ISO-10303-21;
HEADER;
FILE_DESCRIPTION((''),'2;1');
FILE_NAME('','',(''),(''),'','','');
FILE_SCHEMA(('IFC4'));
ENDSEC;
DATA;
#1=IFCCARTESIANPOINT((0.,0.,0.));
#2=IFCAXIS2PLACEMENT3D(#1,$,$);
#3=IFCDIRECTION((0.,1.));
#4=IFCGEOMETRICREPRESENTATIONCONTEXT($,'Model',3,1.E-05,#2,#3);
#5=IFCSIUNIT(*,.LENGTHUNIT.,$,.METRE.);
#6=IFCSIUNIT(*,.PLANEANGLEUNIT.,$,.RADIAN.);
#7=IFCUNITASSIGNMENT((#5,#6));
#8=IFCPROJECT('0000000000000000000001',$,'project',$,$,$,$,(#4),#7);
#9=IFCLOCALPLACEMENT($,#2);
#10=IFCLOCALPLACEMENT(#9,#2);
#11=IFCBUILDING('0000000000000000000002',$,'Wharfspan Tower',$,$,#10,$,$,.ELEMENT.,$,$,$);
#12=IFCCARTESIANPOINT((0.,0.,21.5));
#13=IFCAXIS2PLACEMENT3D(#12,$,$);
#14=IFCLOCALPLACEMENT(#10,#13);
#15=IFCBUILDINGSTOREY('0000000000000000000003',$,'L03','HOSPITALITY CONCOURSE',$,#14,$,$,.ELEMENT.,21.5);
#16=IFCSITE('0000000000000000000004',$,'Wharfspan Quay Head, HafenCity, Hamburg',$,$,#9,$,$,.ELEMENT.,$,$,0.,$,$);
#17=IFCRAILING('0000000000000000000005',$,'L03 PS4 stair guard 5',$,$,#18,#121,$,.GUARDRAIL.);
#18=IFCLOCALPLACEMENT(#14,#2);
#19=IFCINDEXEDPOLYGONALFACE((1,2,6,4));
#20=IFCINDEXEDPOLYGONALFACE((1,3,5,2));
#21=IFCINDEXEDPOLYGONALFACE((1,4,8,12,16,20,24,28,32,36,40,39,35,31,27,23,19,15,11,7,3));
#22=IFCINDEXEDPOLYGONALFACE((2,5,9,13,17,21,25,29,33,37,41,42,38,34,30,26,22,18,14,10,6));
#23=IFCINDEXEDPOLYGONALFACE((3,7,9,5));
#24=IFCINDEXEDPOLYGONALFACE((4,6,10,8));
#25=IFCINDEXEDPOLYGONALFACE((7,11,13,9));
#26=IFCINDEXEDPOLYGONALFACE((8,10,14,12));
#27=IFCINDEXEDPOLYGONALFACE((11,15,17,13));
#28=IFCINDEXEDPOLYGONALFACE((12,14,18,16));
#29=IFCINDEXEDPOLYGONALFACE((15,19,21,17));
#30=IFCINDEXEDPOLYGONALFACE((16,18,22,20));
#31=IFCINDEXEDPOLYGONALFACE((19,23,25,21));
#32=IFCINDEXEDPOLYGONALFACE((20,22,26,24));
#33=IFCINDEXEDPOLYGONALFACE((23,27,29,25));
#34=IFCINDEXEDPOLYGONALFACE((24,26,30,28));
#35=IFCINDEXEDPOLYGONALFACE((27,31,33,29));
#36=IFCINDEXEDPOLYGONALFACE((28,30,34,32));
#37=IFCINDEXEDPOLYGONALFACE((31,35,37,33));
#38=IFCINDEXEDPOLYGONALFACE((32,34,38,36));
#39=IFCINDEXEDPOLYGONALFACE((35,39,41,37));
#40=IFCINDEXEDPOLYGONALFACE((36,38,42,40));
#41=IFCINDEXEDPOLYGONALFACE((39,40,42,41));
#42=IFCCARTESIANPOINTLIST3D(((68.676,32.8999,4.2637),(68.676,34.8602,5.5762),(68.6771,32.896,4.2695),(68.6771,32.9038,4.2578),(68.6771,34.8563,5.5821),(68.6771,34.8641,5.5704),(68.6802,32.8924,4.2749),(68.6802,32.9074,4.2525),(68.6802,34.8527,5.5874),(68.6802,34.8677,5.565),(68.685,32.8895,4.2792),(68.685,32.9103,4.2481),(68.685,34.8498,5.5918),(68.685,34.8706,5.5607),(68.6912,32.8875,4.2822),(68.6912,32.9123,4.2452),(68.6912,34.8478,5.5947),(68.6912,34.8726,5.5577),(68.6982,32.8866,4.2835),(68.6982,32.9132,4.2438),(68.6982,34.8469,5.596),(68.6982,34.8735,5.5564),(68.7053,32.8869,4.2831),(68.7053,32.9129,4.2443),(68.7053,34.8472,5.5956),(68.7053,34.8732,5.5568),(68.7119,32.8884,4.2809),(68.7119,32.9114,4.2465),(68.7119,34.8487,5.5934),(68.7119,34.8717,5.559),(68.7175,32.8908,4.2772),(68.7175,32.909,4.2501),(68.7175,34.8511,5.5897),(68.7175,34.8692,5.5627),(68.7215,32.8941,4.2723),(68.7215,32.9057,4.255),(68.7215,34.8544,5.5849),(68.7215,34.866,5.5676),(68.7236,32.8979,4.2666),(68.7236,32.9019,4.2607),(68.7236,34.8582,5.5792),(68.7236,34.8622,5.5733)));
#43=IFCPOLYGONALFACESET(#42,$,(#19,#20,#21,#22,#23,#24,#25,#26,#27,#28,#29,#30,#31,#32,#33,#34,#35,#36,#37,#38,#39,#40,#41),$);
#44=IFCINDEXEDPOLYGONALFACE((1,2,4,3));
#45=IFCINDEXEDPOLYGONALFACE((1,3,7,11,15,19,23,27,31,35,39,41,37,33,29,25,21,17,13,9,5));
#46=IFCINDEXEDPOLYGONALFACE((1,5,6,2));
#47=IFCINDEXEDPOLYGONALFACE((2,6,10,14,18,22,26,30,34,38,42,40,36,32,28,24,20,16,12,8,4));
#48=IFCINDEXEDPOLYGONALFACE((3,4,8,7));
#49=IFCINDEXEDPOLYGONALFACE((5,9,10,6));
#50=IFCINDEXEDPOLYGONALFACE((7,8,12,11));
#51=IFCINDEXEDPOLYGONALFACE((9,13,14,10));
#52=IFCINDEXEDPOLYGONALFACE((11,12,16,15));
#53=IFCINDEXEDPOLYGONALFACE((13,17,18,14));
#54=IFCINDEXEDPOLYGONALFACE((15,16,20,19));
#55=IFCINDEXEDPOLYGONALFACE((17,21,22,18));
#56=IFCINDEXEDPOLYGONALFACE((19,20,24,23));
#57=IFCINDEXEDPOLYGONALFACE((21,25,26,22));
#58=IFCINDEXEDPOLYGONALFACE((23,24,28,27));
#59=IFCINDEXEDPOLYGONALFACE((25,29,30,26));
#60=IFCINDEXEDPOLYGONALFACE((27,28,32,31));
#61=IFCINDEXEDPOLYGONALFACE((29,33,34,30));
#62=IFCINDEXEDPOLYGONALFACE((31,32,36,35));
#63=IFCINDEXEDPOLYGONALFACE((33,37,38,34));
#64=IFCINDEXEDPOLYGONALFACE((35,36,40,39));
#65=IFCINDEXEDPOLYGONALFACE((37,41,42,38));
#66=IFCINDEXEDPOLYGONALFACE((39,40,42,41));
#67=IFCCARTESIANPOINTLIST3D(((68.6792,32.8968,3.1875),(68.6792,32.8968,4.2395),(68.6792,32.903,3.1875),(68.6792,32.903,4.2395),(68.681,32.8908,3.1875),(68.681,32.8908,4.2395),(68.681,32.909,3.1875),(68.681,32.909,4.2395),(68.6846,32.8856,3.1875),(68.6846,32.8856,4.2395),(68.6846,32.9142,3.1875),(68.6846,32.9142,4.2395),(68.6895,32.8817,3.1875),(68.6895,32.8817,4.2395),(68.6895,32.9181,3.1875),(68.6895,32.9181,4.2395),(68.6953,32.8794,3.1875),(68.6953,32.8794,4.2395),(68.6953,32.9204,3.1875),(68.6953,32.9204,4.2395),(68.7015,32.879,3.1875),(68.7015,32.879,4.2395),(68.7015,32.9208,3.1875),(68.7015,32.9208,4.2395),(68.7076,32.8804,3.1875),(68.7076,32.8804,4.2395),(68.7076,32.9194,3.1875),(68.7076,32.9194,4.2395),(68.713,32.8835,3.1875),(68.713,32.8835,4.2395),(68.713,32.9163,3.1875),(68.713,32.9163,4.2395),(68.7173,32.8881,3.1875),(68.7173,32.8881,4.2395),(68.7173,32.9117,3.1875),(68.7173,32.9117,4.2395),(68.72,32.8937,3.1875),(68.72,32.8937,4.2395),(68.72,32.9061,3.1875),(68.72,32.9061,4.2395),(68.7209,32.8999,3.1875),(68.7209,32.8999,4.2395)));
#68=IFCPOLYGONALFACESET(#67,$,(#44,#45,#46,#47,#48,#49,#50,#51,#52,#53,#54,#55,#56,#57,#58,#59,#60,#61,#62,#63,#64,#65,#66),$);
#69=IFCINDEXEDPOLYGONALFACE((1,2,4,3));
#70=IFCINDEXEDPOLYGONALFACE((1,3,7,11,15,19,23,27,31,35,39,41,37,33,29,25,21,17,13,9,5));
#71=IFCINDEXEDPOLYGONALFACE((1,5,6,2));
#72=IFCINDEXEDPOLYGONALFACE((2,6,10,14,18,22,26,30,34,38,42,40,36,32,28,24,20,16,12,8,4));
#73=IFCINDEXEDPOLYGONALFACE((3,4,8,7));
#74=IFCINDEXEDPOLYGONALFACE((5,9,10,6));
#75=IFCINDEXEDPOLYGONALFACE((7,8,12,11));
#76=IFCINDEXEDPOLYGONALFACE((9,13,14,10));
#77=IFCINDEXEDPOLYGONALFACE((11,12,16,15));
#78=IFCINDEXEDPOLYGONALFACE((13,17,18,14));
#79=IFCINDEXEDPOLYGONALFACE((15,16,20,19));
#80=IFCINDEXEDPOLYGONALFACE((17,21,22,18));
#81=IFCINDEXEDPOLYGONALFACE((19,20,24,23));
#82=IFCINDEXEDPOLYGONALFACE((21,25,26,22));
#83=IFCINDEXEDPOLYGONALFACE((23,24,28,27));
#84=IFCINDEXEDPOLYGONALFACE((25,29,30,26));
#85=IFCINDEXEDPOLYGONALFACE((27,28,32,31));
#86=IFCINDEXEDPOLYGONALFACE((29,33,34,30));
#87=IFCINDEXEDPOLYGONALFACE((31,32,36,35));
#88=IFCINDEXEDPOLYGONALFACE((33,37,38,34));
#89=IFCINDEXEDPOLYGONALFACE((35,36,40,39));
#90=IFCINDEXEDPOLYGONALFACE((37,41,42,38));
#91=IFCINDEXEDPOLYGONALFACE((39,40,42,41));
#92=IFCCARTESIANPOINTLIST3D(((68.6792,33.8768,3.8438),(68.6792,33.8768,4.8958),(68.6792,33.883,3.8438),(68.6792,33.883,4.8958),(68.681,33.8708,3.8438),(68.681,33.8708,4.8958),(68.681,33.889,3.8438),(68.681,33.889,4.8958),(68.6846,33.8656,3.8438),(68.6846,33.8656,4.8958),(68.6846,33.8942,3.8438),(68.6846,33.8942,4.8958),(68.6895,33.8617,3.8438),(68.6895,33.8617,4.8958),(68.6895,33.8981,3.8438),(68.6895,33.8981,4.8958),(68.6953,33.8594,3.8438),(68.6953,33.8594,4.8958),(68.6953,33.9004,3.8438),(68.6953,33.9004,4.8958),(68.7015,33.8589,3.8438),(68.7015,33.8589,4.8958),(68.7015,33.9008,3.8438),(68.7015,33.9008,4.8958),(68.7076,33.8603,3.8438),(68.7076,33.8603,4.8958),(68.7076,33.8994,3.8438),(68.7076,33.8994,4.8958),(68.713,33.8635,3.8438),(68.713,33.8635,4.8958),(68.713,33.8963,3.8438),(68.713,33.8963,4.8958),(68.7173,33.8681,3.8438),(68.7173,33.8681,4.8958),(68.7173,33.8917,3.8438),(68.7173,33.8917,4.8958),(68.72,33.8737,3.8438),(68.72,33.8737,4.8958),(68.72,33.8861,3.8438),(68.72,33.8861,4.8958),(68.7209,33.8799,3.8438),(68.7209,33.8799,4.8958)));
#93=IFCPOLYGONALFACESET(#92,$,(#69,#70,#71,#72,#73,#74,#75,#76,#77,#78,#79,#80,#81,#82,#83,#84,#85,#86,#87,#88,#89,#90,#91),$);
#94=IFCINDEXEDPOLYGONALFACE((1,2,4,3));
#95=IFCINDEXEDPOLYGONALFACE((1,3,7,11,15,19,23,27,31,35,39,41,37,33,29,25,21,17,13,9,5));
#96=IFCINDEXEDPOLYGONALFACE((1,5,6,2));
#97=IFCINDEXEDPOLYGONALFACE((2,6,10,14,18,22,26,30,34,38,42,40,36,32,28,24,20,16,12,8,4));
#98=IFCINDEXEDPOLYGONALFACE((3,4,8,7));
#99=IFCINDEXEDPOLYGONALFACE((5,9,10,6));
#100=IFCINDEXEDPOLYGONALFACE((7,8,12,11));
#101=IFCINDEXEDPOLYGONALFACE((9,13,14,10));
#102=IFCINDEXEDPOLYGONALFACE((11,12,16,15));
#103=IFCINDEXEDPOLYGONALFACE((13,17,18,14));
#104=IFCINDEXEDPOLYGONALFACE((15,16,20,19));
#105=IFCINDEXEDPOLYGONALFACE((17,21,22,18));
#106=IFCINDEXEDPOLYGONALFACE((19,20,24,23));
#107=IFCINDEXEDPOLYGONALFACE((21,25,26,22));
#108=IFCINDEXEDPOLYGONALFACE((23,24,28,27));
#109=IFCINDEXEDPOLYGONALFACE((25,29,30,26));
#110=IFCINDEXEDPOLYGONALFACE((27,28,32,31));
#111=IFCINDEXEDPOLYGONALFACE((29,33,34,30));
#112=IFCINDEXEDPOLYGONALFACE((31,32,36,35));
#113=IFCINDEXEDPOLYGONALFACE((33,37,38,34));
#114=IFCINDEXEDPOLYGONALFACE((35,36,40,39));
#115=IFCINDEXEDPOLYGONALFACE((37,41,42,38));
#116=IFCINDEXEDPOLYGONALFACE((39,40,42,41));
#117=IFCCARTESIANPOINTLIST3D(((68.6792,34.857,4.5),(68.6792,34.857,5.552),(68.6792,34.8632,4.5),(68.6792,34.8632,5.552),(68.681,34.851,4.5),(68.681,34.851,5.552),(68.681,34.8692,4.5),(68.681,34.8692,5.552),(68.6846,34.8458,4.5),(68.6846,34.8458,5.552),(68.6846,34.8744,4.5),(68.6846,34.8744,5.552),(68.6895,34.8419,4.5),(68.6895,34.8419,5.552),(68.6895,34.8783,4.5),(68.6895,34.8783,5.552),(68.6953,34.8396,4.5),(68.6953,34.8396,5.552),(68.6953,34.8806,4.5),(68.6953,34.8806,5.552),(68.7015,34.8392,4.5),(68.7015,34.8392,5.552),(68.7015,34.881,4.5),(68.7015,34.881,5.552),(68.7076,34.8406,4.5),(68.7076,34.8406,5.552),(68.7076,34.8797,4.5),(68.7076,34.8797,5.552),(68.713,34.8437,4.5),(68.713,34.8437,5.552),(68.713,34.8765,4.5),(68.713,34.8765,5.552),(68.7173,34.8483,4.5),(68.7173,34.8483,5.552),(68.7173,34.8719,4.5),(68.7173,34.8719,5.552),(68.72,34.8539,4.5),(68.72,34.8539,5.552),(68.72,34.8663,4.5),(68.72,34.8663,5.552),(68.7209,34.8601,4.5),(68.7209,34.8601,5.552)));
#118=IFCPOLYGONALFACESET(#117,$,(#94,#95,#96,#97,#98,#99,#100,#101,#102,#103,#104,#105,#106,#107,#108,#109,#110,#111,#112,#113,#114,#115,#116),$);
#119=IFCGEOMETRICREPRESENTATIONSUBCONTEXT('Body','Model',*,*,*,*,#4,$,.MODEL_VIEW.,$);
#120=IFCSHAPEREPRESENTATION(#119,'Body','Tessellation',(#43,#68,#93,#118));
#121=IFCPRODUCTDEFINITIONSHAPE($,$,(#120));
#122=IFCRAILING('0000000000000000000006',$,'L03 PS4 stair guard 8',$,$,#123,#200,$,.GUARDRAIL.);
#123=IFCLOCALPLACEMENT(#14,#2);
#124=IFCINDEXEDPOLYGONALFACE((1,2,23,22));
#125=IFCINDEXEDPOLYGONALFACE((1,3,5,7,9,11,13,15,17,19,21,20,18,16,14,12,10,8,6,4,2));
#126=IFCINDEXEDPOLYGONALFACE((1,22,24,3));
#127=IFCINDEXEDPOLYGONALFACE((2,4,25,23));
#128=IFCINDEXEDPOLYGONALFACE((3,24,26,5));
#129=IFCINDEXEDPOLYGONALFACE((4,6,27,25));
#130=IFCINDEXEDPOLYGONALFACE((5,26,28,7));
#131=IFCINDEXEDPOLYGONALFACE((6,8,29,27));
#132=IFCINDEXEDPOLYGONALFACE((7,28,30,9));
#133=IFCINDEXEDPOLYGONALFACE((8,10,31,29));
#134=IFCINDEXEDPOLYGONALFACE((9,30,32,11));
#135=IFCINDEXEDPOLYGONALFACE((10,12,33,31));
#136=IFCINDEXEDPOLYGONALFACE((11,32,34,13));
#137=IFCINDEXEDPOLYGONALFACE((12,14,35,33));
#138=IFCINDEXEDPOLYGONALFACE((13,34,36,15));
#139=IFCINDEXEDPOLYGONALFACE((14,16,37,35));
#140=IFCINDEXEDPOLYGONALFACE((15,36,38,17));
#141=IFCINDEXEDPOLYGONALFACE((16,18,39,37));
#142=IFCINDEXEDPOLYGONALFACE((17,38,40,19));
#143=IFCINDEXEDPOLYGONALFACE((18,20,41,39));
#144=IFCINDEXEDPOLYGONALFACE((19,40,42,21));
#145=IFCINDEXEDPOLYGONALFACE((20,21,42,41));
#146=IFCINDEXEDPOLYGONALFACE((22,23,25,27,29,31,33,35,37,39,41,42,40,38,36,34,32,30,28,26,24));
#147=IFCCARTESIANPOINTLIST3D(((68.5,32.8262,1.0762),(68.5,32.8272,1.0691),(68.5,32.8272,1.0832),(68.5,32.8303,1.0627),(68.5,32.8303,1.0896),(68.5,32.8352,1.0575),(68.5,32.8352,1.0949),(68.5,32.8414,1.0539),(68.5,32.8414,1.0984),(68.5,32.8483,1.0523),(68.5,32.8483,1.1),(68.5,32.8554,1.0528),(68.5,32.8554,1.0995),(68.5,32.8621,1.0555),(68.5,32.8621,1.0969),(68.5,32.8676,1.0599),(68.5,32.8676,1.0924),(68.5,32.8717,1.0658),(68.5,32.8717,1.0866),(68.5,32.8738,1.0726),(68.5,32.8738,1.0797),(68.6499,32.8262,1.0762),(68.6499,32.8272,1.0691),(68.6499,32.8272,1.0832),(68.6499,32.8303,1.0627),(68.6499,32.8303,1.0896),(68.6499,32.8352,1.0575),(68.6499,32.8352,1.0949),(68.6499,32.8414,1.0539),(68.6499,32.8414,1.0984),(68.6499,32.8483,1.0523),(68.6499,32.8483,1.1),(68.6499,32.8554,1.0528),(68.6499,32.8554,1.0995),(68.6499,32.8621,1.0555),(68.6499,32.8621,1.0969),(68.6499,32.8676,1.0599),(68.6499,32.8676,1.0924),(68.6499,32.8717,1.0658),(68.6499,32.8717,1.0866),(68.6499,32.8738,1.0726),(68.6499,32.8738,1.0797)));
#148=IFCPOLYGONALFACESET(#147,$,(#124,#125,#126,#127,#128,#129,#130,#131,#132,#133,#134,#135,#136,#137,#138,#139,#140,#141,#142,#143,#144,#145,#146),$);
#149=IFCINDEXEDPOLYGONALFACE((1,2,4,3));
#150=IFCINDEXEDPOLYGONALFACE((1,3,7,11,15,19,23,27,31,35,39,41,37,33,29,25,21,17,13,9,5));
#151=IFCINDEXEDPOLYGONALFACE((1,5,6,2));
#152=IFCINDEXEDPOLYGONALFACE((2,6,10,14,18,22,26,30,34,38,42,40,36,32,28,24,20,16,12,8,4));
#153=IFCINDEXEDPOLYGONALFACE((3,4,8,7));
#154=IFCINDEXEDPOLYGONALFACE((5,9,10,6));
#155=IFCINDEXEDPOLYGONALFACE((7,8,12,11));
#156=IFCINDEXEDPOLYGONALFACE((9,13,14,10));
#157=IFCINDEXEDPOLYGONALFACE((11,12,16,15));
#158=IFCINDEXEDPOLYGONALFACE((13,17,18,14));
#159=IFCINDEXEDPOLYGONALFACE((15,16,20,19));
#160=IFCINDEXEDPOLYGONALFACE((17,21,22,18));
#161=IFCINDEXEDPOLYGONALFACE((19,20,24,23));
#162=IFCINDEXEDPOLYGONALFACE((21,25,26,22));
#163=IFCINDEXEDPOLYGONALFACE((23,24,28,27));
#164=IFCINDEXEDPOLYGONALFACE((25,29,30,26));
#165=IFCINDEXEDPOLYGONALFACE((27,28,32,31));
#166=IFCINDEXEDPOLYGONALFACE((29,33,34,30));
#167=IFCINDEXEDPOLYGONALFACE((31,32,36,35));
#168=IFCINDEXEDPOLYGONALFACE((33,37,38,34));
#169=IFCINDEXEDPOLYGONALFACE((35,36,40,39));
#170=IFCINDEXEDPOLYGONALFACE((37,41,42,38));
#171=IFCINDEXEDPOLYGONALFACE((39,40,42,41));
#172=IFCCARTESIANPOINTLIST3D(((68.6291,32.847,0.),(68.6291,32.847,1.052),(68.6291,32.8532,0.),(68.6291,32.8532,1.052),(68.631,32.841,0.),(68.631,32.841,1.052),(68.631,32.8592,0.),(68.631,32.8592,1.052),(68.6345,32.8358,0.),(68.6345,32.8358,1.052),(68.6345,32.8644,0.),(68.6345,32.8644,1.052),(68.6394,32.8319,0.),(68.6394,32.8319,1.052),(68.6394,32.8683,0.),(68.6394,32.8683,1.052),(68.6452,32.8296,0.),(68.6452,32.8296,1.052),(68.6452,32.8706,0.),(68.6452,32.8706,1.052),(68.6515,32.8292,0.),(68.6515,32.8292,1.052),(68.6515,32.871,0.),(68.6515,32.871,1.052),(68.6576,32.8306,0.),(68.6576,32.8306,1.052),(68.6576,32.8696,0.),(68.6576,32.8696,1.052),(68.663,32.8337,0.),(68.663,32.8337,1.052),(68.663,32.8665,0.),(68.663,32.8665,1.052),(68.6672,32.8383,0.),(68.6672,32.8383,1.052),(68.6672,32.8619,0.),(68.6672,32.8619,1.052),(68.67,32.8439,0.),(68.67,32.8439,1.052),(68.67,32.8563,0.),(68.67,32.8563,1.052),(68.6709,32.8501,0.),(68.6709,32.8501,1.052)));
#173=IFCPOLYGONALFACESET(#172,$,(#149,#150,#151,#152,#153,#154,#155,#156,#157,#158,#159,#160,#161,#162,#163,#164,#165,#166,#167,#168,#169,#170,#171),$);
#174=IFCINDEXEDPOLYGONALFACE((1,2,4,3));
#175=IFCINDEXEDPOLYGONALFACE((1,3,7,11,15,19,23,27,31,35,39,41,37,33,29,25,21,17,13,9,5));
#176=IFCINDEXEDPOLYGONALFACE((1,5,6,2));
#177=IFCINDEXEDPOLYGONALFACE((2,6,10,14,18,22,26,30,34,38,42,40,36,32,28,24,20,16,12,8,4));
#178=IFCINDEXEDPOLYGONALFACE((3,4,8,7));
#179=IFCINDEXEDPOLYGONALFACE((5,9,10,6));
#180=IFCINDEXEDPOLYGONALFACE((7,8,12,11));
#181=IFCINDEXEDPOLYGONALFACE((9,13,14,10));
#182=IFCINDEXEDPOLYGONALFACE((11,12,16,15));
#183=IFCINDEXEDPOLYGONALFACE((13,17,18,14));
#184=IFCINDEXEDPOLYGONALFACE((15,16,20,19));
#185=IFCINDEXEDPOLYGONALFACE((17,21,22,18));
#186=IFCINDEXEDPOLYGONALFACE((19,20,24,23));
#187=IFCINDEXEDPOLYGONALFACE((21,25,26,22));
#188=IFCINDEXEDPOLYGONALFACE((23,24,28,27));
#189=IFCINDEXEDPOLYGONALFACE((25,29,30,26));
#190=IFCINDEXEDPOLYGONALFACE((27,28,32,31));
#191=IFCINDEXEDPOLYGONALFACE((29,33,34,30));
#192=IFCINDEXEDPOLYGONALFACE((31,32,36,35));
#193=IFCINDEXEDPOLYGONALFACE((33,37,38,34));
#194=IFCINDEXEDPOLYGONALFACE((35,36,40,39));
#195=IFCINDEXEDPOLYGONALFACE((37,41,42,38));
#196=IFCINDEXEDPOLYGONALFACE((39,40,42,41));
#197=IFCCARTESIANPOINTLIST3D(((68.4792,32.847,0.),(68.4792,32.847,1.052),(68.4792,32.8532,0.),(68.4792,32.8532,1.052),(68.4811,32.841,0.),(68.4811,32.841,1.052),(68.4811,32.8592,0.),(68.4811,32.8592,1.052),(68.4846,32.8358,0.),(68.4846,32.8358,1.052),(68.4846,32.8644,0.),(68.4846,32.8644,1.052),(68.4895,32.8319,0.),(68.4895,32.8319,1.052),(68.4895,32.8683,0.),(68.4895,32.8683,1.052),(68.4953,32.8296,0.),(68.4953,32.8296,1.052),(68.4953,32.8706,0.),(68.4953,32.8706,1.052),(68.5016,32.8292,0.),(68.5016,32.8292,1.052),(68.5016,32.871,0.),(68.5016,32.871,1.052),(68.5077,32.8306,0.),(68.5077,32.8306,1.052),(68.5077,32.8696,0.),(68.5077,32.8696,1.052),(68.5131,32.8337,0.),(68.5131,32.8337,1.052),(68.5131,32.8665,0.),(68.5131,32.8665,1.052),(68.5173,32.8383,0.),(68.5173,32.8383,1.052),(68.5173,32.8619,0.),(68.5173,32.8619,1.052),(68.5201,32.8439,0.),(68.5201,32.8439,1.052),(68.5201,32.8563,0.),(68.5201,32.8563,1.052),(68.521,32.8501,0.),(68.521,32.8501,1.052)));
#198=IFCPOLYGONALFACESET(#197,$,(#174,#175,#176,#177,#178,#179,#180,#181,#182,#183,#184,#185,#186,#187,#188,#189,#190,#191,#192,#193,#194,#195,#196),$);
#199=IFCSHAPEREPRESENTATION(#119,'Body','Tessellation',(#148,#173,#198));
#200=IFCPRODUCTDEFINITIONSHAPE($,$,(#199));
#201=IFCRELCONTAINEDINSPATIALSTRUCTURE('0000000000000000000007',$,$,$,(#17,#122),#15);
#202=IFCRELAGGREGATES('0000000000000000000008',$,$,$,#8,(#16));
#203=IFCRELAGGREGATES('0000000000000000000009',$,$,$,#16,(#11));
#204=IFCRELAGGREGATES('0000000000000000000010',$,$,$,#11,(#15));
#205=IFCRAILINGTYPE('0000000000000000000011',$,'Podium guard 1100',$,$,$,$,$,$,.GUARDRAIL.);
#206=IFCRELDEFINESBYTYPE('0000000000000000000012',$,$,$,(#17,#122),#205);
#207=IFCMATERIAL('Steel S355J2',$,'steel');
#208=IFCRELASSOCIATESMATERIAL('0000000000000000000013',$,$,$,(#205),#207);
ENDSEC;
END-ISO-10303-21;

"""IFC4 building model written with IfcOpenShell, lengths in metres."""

from ifc_helpers import new_model, si_unit, direction, frame, origin, origin_2d, place, context, subcontext, project, spatial, circle, extrude, material, type_object, element, save


model = new_model("IFC4")

# Units and contexts
model_context = context("Model", 3, precision=1e-05, world=origin(), true_north=direction((0.0, 1.0)))
body_context = subcontext(model_context, "Body", "Model", "MODEL_VIEW")
ifc_project = project(units=[si_unit("LENGTHUNIT", "METRE"), si_unit("PLANEANGLEUNIT", "RADIAN")], contexts=[model_context])

# Site, building, storey
site_placement = place(None, origin())
site = spatial("IfcSite", under=ifc_project, at=site_placement, Name="Wharfspan Quay Head, HafenCity, Hamburg", CompositionType="ELEMENT", RefElevation=0.0)
building_placement = place(site_placement, origin())
building = spatial("IfcBuilding", under=site, at=building_placement, Name="Wharfspan Tower", CompositionType="ELEMENT")
storey_placement = place(building_placement, frame((0.0, 0.0, 21.5)))
storey = spatial("IfcBuildingStorey", under=building, at=storey_placement, Name="L03", Description="HOSPITALITY CONCOURSE", CompositionType="ELEMENT", Elevation=21.5)

# Railings
ifc_material_1 = material(Name="Steel S355J2", Category="steel")
railing_type_1 = type_object("IfcRailingType", Name="Podium guard 1100", PredefinedType="GUARDRAIL", material=ifc_material_1)
railing_1_placement = place(storey_placement, frame((68.7, 32.8999, 3.1875)))
element("IfcRailing", 1, at=railing_1_placement, inside=storey, type_object=railing_type_1, Name="L03 PS4 stair guard 5", PredefinedType="GUARDRAIL", context=body_context, shape_type="SweptSolid", body=[
    extrude(circle(Radius=0.0239, at=origin_2d()), frame((0.0, 0.0, 1.0762), z_axis=(0.0, 0.830934, 0.556371), x_axis=(-1.0, 0.0, 0.0)), (0.0, 0.0, 1.0), 2.3591),
    extrude(circle(Radius=0.021, at=origin_2d()), origin(), (0.0, 0.0, 1.0), 1.052),
    extrude(circle(Radius=0.021, at=origin_2d()), frame((0.0, 0.98, 0.6562)), (0.0, 0.0, 1.0), 1.052),
    extrude(circle(Radius=0.021, at=origin_2d()), frame((0.0, 1.9602, 1.3125)), (0.0, 0.0, 1.0), 1.052),
])
railing_2_placement = place(storey_placement, frame((68.6499, 32.8501, 0.0)))
element("IfcRailing", 2, at=railing_2_placement, inside=storey, type_object=railing_type_1, Name="L03 PS4 stair guard 8", PredefinedType="GUARDRAIL", context=body_context, shape_type="SweptSolid", body=[
    extrude(circle(Radius=0.0239, at=origin_2d()), frame((0.0, 0.0, 1.0762), z_axis=(-1.0, 0.0, 0.0), x_axis=(0.0, -1.0, 0.0)), (0.0, 0.0, 1.0), 0.1499),
    extrude(circle(Radius=0.021, at=origin_2d()), origin(), (0.0, 0.0, 1.0), 1.052),
    extrude(circle(Radius=0.021, at=origin_2d()), frame((-0.1499, 0.0, 0.0)), (0.0, 0.0, 1.0), 1.052),
])

save(model, "model.ifc")
